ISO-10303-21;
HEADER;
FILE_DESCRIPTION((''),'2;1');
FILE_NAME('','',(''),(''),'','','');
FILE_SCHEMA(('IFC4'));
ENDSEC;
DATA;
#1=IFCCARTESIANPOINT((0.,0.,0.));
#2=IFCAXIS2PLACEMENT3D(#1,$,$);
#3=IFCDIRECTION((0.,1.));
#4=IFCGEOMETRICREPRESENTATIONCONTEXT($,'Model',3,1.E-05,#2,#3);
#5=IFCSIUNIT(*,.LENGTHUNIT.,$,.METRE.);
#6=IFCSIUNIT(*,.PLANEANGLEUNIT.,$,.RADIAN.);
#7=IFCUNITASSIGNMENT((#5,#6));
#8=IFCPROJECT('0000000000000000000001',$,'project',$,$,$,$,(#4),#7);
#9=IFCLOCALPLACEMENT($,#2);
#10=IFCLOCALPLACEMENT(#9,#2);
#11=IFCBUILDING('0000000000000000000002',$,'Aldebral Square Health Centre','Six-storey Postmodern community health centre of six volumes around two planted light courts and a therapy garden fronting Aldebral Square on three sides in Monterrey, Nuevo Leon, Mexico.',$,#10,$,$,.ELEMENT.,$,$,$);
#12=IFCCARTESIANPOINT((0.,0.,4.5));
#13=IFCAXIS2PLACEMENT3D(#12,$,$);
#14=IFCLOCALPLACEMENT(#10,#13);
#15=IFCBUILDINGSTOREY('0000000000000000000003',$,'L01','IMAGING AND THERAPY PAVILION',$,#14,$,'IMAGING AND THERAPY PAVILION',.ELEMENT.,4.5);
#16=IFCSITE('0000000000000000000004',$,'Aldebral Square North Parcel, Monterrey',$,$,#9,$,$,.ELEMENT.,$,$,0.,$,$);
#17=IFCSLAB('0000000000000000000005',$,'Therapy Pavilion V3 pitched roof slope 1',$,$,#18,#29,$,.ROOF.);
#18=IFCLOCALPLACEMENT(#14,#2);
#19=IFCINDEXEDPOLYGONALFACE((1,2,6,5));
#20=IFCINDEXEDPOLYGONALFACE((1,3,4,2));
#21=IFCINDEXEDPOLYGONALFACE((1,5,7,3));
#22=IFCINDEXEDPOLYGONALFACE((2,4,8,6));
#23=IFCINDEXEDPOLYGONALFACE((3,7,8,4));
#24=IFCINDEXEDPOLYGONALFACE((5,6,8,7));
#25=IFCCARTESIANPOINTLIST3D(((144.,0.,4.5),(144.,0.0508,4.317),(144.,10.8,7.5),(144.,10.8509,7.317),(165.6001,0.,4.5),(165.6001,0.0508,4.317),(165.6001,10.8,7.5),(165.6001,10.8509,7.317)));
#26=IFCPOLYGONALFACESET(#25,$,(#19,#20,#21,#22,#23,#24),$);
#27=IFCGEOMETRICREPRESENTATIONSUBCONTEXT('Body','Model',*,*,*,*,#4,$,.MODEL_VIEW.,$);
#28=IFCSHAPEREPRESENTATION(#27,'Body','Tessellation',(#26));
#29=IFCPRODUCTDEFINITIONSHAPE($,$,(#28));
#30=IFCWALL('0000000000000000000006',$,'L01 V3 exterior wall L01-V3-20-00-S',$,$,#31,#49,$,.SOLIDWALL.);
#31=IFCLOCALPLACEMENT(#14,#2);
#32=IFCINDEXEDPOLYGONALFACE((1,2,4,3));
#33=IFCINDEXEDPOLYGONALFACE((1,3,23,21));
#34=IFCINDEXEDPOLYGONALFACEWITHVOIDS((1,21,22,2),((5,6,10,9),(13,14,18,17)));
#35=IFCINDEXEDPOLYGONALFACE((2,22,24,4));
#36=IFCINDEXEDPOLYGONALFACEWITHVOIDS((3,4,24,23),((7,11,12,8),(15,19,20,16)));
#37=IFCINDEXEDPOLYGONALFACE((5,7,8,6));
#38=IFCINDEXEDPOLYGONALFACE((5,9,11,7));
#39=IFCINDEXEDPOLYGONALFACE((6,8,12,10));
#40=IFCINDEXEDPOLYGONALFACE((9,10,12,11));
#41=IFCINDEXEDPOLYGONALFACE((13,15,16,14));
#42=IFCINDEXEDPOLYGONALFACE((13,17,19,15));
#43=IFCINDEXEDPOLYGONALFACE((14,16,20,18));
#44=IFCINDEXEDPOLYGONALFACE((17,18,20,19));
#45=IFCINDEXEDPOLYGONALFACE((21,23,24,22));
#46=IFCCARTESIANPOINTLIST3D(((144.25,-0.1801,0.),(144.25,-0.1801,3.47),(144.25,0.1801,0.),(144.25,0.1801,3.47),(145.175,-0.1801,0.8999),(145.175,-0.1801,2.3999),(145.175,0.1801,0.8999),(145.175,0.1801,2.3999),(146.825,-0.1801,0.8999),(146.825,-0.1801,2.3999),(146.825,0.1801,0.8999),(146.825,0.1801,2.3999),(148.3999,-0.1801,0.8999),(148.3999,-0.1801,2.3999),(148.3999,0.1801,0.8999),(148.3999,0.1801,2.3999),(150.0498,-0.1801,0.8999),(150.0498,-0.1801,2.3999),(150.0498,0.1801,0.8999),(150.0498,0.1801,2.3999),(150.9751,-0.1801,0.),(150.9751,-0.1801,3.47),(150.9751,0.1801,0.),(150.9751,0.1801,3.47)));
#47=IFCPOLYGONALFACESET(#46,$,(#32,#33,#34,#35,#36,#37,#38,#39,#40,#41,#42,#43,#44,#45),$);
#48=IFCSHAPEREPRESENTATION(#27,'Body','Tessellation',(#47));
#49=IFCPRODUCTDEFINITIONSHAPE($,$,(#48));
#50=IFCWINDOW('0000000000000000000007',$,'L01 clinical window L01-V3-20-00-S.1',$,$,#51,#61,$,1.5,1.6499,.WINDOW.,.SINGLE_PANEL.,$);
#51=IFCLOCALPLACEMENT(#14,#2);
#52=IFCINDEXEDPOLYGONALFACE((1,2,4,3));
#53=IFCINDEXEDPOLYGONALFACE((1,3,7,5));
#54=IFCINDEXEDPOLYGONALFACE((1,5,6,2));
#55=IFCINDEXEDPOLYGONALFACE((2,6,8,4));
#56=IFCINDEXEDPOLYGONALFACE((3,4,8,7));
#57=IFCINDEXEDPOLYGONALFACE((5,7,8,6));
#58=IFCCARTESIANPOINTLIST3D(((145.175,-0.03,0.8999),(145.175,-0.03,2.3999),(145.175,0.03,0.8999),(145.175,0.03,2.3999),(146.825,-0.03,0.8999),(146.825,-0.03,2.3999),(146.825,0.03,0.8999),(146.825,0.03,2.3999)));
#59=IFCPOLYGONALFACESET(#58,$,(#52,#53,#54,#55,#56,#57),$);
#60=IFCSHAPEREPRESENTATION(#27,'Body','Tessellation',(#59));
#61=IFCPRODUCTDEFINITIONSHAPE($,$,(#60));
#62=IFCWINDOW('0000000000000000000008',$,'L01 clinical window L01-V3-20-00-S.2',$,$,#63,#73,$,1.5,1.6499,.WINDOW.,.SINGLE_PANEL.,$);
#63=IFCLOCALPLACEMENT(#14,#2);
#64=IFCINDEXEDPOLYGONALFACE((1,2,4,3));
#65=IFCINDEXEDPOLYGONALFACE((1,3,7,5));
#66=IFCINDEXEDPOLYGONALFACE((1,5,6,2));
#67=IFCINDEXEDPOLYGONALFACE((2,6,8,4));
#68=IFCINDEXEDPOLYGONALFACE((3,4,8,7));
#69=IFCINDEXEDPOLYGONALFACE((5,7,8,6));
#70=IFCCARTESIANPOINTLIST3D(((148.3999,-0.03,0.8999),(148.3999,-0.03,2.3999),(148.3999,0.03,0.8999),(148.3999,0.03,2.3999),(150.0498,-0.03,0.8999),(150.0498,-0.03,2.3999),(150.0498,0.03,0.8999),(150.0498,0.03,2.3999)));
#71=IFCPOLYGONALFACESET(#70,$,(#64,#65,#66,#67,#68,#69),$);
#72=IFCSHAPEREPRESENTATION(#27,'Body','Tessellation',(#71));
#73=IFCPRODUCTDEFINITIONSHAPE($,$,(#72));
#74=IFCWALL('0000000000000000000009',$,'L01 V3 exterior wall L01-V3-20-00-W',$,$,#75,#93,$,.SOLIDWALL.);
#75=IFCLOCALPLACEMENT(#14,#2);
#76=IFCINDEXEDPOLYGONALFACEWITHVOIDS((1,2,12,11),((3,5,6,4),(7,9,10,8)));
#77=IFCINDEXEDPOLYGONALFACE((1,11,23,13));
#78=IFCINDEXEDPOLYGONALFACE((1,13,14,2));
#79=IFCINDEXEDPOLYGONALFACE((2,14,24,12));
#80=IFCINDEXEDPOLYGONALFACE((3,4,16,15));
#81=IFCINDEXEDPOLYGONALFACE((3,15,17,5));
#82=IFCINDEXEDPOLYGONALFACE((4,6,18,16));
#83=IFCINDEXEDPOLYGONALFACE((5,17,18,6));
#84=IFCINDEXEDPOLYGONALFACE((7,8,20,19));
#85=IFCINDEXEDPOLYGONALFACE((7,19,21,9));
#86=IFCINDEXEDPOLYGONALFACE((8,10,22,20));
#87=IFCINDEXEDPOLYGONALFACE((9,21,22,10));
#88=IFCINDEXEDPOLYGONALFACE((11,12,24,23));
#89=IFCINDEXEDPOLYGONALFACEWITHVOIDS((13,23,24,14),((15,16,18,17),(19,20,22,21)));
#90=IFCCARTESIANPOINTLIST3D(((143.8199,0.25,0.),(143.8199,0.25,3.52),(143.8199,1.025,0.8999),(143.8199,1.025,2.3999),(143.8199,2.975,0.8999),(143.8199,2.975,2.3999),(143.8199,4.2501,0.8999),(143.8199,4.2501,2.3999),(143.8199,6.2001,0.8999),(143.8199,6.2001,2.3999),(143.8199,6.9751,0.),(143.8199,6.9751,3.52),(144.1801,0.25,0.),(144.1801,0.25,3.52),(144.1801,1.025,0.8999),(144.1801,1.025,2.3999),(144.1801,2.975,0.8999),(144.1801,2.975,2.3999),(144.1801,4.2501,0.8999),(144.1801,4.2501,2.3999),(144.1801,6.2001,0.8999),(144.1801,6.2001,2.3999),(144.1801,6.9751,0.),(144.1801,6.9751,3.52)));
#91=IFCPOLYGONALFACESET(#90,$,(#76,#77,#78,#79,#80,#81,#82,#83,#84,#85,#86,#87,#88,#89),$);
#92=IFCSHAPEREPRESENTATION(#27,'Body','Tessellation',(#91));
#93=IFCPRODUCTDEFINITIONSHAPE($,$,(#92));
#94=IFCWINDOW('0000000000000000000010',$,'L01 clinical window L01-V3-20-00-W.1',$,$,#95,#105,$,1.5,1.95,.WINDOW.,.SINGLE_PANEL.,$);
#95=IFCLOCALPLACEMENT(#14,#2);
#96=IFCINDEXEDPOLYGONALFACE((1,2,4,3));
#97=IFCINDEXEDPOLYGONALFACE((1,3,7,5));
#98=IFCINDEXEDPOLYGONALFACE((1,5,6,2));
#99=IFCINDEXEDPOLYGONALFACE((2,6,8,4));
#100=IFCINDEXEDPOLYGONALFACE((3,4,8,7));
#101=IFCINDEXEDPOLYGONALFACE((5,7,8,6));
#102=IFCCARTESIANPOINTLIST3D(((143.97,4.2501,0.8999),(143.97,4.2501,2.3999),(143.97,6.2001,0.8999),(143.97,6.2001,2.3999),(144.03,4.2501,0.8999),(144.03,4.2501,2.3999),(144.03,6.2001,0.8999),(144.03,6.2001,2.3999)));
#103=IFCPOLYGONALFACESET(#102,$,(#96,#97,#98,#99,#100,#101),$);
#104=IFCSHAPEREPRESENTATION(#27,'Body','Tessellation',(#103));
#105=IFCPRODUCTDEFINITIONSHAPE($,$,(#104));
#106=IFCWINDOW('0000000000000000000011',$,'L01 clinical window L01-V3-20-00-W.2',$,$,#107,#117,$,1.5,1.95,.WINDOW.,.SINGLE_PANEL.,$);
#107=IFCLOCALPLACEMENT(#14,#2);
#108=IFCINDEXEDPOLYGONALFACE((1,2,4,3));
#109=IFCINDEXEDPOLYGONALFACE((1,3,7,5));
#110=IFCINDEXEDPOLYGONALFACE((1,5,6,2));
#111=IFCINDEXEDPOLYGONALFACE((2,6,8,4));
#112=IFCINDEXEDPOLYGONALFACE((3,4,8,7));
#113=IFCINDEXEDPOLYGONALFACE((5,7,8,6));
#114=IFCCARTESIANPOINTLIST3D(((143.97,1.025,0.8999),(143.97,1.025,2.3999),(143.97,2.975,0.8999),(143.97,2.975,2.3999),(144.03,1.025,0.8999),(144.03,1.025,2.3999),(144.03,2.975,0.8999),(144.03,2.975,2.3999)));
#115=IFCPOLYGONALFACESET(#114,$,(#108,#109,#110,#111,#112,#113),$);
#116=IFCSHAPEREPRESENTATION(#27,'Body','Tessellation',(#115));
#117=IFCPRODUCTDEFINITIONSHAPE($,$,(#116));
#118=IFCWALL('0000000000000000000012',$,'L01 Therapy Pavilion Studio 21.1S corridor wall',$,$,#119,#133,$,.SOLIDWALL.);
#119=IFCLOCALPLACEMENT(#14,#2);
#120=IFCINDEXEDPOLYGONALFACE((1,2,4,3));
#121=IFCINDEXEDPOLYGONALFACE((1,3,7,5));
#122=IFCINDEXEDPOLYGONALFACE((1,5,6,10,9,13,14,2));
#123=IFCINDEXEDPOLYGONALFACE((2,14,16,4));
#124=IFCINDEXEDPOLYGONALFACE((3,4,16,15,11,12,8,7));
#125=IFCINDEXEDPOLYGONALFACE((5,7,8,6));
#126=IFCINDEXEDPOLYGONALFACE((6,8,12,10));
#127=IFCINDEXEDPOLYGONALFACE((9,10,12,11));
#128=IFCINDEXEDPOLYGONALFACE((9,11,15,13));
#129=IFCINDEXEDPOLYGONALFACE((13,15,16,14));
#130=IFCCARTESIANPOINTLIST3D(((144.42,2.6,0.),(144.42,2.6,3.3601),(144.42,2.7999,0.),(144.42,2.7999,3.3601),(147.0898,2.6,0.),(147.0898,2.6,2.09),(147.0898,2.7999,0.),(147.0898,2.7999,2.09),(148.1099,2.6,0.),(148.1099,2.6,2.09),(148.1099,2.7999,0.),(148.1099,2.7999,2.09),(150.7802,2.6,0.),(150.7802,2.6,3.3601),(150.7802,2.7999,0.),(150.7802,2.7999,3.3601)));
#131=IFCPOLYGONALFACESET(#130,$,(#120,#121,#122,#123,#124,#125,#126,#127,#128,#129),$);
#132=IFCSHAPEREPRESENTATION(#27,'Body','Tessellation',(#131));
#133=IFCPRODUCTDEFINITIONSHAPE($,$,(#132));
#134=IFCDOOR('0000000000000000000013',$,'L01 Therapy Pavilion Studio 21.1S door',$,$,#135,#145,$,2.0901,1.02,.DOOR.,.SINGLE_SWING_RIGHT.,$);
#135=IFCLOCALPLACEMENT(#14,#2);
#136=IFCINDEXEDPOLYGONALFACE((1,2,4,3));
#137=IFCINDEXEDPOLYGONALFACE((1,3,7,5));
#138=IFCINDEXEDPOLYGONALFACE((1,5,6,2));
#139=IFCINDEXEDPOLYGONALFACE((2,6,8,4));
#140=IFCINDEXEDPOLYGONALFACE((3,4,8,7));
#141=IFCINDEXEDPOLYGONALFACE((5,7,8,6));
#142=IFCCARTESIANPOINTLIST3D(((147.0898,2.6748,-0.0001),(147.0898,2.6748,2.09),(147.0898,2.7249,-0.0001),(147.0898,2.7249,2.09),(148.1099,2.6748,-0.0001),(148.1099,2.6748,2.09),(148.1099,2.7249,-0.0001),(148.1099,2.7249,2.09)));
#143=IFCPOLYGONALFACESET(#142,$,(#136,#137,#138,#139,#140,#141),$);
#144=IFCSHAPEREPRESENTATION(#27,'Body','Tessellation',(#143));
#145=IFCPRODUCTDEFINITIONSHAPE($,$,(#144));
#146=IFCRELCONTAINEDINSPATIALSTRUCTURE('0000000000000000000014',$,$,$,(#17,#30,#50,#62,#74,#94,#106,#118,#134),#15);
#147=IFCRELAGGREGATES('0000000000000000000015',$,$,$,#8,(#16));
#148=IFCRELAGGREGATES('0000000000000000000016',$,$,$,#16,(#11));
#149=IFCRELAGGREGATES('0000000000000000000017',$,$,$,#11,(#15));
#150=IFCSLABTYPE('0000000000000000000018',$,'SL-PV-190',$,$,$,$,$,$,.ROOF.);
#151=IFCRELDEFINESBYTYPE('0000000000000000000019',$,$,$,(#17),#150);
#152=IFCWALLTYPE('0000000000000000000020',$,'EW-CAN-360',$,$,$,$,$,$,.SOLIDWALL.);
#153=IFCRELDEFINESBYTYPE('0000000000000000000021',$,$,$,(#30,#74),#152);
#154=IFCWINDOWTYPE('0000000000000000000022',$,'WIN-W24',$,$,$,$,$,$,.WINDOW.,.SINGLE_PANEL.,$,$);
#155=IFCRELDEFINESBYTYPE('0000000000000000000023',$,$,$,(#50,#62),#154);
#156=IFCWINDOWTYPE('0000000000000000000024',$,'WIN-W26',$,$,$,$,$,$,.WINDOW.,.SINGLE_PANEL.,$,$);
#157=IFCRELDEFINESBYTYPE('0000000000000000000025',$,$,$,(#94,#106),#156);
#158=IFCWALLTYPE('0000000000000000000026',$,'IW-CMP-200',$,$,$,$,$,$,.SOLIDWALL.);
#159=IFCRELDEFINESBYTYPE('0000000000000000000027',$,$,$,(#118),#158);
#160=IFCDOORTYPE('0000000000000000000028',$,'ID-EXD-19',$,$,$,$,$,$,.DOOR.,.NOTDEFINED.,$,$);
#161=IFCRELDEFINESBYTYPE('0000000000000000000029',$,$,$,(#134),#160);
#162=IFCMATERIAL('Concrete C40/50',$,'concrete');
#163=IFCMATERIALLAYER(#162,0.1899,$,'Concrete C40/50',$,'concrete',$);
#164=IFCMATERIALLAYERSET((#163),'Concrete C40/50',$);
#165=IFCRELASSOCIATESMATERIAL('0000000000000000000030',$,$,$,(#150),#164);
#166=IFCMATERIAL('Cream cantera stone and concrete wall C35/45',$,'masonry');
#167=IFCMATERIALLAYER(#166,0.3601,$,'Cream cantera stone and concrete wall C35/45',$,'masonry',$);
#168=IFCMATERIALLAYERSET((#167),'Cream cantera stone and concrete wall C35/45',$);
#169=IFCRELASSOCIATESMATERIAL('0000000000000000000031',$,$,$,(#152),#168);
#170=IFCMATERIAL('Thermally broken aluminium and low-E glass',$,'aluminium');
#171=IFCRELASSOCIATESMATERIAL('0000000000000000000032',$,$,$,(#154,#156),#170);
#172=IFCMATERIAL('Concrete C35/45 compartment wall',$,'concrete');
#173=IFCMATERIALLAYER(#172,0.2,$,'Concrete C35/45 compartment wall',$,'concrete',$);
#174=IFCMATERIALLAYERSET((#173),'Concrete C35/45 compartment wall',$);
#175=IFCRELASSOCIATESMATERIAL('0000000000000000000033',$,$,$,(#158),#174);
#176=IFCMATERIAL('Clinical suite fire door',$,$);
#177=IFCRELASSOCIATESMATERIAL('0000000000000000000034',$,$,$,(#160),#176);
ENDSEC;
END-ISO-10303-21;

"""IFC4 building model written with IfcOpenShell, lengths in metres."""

from ifc_helpers import new_model, si_unit, direction, frame, frame_2d, origin, place, context, subcontext, project, spatial, polyline, rectangle, outline, extrude, material, layer, layer_set, type_object, element, fill, save


model = new_model("IFC4")

# Units and contexts
model_context = context("Model", 3, precision=1e-05, world=origin(), true_north=direction((0.0, 1.0)))
body_context = subcontext(model_context, "Body", "Model", "MODEL_VIEW")
ifc_project = project(units=[si_unit("LENGTHUNIT", "METRE"), si_unit("PLANEANGLEUNIT", "RADIAN")], contexts=[model_context])

# Site, building, storey
site_placement = place(None, origin())
site = spatial("IfcSite", under=ifc_project, at=site_placement, Name="Aldebral Square North Parcel, Monterrey", CompositionType="ELEMENT", RefElevation=0.0)
building_placement = place(site_placement, origin())
building = spatial("IfcBuilding", under=site, at=building_placement, Name="Aldebral Square Health Centre", Description="Six-storey Postmodern community health centre of six volumes around two planted light courts and a therapy garden fronting Aldebral Square on three sides in Monterrey, Nuevo Leon, Mexico.", CompositionType="ELEMENT")
storey_placement = place(building_placement, frame((0.0, 0.0, 4.5)))
storey = spatial("IfcBuildingStorey", under=building, at=storey_placement, Name="L01", Description="IMAGING AND THERAPY PAVILION", LongName="IMAGING AND THERAPY PAVILION", CompositionType="ELEMENT", Elevation=4.5)

# Shared definitions
ifc_material_1 = material(Name="Concrete C40/50", Category="concrete")

# Slab
ifc_layer_1 = layer(ifc_material_1, 0.1899, Name="Concrete C40/50", Category="concrete")
ifc_layer_set_1 = layer_set([ifc_layer_1], Name="Concrete C40/50")
slab_type = type_object("IfcSlabType", Name="SL-PV-190", PredefinedType="ROOF", material=ifc_layer_set_1)
slab_placement = place(storey_placement, frame((144.0, 0.0, 4.5), z_axis=(0.0, -0.267643, 0.963518), x_axis=(1.0, 0.0, 0.0)))
element("IfcSlab", 1, at=slab_placement, inside=storey, type_object=slab_type, Name="Therapy Pavilion V3 pitched roof slope 1", PredefinedType="ROOF", context=body_context, shape_type="SweptSolid", body=[
    extrude(outline(polyline([(0.0, 0.0), (21.6001, 0.0), (21.6001, 11.209), (0.0, 11.209), (0.0, 0.0)])), origin(), (0.0, 0.0, -1.0), 0.1899),
])

# Walls, openings, windows
ifc_material_2 = material(Name="Cream cantera stone and concrete wall C35/45", Category="masonry")
ifc_layer_2 = layer(ifc_material_2, 0.3601, Name="Cream cantera stone and concrete wall C35/45", Category="masonry")
ifc_layer_set_2 = layer_set([ifc_layer_2], Name="Cream cantera stone and concrete wall C35/45")
wall_type_1 = type_object("IfcWallType", Name="EW-CAN-360", PredefinedType="SOLIDWALL", material=ifc_layer_set_2)
wall_1_placement = place(storey_placement, frame((144.25, 0.0, 0.0), z_axis=(0.0, 0.0, 1.0), x_axis=(1.0, 0.0, 0.0)))
wall_1 = element("IfcWall", 2, at=wall_1_placement, inside=storey, type_object=wall_type_1, Name="L01 V3 exterior wall L01-V3-20-00-S", PredefinedType="SOLIDWALL", context=body_context, shape_type="SweptSolid", body=[
    extrude(rectangle(XDim=6.7251, YDim=0.3601, at=frame_2d((3.3625, 0.0))), origin(), (0.0, 0.0, 1.0), 3.47),
])
opening_1_placement = place(wall_1_placement, frame((0.925, 0.0, 0.8999)))
opening_1 = element("IfcOpeningElement", 3, at=opening_1_placement, cuts=wall_1, PredefinedType="OPENING", context=body_context, shape_type="SweptSolid", body=[
    extrude(rectangle(XDim=1.6499, YDim=1.5, at=frame_2d((0.825, 0.75))), frame((0.0, 0.1899, 0.0), z_axis=(0.0, -1.0, 0.0), x_axis=(1.0, 0.0, 0.0)), (0.0, 0.0, 1.0), 0.3801),
])
opening_2_placement = place(wall_1_placement, frame((4.1499, 0.0, 0.8999)))
opening_2 = element("IfcOpeningElement", 4, at=opening_2_placement, cuts=wall_1, PredefinedType="OPENING", context=body_context, shape_type="SweptSolid", body=[
    extrude(rectangle(XDim=1.6499, YDim=1.5, at=frame_2d((0.825, 0.75))), frame((0.0, 0.1899, 0.0), z_axis=(0.0, -1.0, 0.0), x_axis=(1.0, 0.0, 0.0)), (0.0, 0.0, 1.0), 0.3801),
])
ifc_material_3 = material(Name="Thermally broken aluminium and low-E glass", Category="aluminium")
window_type_1 = type_object("IfcWindowType", Name="WIN-W24", PartitioningType="SINGLE_PANEL", PredefinedType="WINDOW", material=ifc_material_3)
window_1_placement = place(opening_1_placement, origin())
window_1 = element("IfcWindow", 5, at=window_1_placement, inside=storey, type_object=window_type_1, Name="L01 clinical window L01-V3-20-00-S.1", OverallHeight=1.5, OverallWidth=1.6499, PartitioningType="SINGLE_PANEL", PredefinedType="WINDOW", context=body_context, shape_type="SweptSolid", body=[
    extrude(rectangle(XDim=1.6499, YDim=1.5, at=frame_2d((0.825, 0.75))), frame((0.0, 0.03, 0.0), z_axis=(0.0, -1.0, 0.0), x_axis=(1.0, 0.0, 0.0)), (0.0, 0.0, 1.0), 0.0601),
])
fill(opening_1, window_1)
window_2_placement = place(opening_2_placement, origin())
window_2 = element("IfcWindow", 6, at=window_2_placement, inside=storey, type_object=window_type_1, Name="L01 clinical window L01-V3-20-00-S.2", OverallHeight=1.5, OverallWidth=1.6499, PartitioningType="SINGLE_PANEL", PredefinedType="WINDOW", context=body_context, shape_type="SweptSolid", body=[
    extrude(rectangle(XDim=1.6499, YDim=1.5, at=frame_2d((0.825, 0.75))), frame((0.0, 0.03, 0.0), z_axis=(0.0, -1.0, 0.0), x_axis=(1.0, 0.0, 0.0)), (0.0, 0.0, 1.0), 0.0601),
])
fill(opening_2, window_2)
wall_2_placement = place(storey_placement, frame((144.0, 6.9751, 0.0), z_axis=(0.0, 0.0, 1.0), x_axis=(0.0, -1.0, 0.0)))
wall_2 = element("IfcWall", 7, at=wall_2_placement, inside=storey, type_object=wall_type_1, Name="L01 V3 exterior wall L01-V3-20-00-W", PredefinedType="SOLIDWALL", context=body_context, shape_type="SweptSolid", body=[
    extrude(rectangle(XDim=6.7251, YDim=0.3601, at=frame_2d((3.3625, 0.0))), origin(), (0.0, 0.0, 1.0), 3.52),
])
opening_3_placement = place(wall_2_placement, frame((0.7749, 0.0, 0.8999)))
opening_3 = element("IfcOpeningElement", 8, at=opening_3_placement, cuts=wall_2, PredefinedType="OPENING", context=body_context, shape_type="SweptSolid", body=[
    extrude(rectangle(XDim=1.95, YDim=1.5, at=frame_2d((0.9751, 0.75))), frame((0.0, 0.1899, 0.0), z_axis=(0.0, -1.0, 0.0), x_axis=(1.0, 0.0, 0.0)), (0.0, 0.0, 1.0), 0.3801),
])
opening_4_placement = place(wall_2_placement, frame((4.0, 0.0, 0.8999)))
opening_4 = element("IfcOpeningElement", 9, at=opening_4_placement, cuts=wall_2, PredefinedType="OPENING", context=body_context, shape_type="SweptSolid", body=[
    extrude(rectangle(XDim=1.95, YDim=1.5, at=frame_2d((0.9751, 0.75))), frame((0.0, 0.1899, 0.0), z_axis=(0.0, -1.0, 0.0), x_axis=(1.0, 0.0, 0.0)), (0.0, 0.0, 1.0), 0.3801),
])
window_type_2 = type_object("IfcWindowType", Name="WIN-W26", PartitioningType="SINGLE_PANEL", PredefinedType="WINDOW", material=ifc_material_3)
window_3_placement = place(opening_3_placement, origin())
window_3 = element("IfcWindow", 10, at=window_3_placement, inside=storey, type_object=window_type_2, Name="L01 clinical window L01-V3-20-00-W.1", OverallHeight=1.5, OverallWidth=1.95, PartitioningType="SINGLE_PANEL", PredefinedType="WINDOW", context=body_context, shape_type="SweptSolid", body=[
    extrude(rectangle(XDim=1.95, YDim=1.5, at=frame_2d((0.9751, 0.75))), frame((0.0, 0.03, 0.0), z_axis=(0.0, -1.0, 0.0), x_axis=(1.0, 0.0, 0.0)), (0.0, 0.0, 1.0), 0.0601),
])
fill(opening_3, window_3)
window_4_placement = place(opening_4_placement, origin())
window_4 = element("IfcWindow", 11, at=window_4_placement, inside=storey, type_object=window_type_2, Name="L01 clinical window L01-V3-20-00-W.2", OverallHeight=1.5, OverallWidth=1.95, PartitioningType="SINGLE_PANEL", PredefinedType="WINDOW", context=body_context, shape_type="SweptSolid", body=[
    extrude(rectangle(XDim=1.95, YDim=1.5, at=frame_2d((0.9751, 0.75))), frame((0.0, 0.03, 0.0), z_axis=(0.0, -1.0, 0.0), x_axis=(1.0, 0.0, 0.0)), (0.0, 0.0, 1.0), 0.0601),
])
fill(opening_4, window_4)

# Wall, opening, door
ifc_material_4 = material(Name="Concrete C35/45 compartment wall", Category="concrete")
ifc_layer_3 = layer(ifc_material_4, 0.2, Name="Concrete C35/45 compartment wall", Category="concrete")
ifc_layer_set_3 = layer_set([ifc_layer_3], Name="Concrete C35/45 compartment wall")
wall_type_2 = type_object("IfcWallType", Name="IW-CMP-200", PredefinedType="SOLIDWALL", material=ifc_layer_set_3)
wall_3_placement = place(storey_placement, frame((144.4199, 2.7, 0.0), z_axis=(0.0, 0.0, 1.0), x_axis=(1.0, 0.0, 0.0)))
wall_3 = element("IfcWall", 12, at=wall_3_placement, inside=storey, type_object=wall_type_2, Name="L01 Therapy Pavilion Studio 21.1S corridor wall", PredefinedType="SOLIDWALL", context=body_context, shape_type="SweptSolid", body=[
    extrude(rectangle(XDim=6.3601, YDim=0.2, at=frame_2d((3.1802, 0.0))), origin(), (0.0, 0.0, 1.0), 3.3601),
])
opening_5_placement = place(wall_3_placement, frame((2.6699, 0.0, 0.0)))
opening_5 = element("IfcOpeningElement", 13, at=opening_5_placement, cuts=wall_3, PredefinedType="OPENING", context=body_context, shape_type="SweptSolid", body=[
    extrude(rectangle(XDim=1.02, YDim=2.0901, at=frame_2d((0.51, 1.0449))), frame((0.0, 0.1099, 0.0), z_axis=(0.0, -1.0, 0.0), x_axis=(1.0, 0.0, 0.0)), (0.0, 0.0, 1.0), 0.22),
])
ifc_material_5 = material(Name="Clinical suite fire door")
door_type_1 = type_object("IfcDoorType", Name="ID-EXD-19", OperationType="NOTDEFINED", PredefinedType="DOOR", material=ifc_material_5)
door_1_placement = place(opening_5_placement, origin())
door_1 = element("IfcDoor", 14, at=door_1_placement, inside=storey, type_object=door_type_1, Name="L01 Therapy Pavilion Studio 21.1S door", OperationType="SINGLE_SWING_RIGHT", OverallHeight=2.0901, OverallWidth=1.02, PredefinedType="DOOR", context=body_context, shape_type="SweptSolid", body=[
    extrude(rectangle(XDim=1.02, YDim=2.0901, at=frame_2d((0.51, 1.0449))), frame((0.0, 0.0249, 0.0), z_axis=(0.0, -1.0, 0.0), x_axis=(1.0, 0.0, 0.0)), (0.0, 0.0, 1.0), 0.05),
])
fill(opening_5, door_1)

save(model, "model.ifc")
